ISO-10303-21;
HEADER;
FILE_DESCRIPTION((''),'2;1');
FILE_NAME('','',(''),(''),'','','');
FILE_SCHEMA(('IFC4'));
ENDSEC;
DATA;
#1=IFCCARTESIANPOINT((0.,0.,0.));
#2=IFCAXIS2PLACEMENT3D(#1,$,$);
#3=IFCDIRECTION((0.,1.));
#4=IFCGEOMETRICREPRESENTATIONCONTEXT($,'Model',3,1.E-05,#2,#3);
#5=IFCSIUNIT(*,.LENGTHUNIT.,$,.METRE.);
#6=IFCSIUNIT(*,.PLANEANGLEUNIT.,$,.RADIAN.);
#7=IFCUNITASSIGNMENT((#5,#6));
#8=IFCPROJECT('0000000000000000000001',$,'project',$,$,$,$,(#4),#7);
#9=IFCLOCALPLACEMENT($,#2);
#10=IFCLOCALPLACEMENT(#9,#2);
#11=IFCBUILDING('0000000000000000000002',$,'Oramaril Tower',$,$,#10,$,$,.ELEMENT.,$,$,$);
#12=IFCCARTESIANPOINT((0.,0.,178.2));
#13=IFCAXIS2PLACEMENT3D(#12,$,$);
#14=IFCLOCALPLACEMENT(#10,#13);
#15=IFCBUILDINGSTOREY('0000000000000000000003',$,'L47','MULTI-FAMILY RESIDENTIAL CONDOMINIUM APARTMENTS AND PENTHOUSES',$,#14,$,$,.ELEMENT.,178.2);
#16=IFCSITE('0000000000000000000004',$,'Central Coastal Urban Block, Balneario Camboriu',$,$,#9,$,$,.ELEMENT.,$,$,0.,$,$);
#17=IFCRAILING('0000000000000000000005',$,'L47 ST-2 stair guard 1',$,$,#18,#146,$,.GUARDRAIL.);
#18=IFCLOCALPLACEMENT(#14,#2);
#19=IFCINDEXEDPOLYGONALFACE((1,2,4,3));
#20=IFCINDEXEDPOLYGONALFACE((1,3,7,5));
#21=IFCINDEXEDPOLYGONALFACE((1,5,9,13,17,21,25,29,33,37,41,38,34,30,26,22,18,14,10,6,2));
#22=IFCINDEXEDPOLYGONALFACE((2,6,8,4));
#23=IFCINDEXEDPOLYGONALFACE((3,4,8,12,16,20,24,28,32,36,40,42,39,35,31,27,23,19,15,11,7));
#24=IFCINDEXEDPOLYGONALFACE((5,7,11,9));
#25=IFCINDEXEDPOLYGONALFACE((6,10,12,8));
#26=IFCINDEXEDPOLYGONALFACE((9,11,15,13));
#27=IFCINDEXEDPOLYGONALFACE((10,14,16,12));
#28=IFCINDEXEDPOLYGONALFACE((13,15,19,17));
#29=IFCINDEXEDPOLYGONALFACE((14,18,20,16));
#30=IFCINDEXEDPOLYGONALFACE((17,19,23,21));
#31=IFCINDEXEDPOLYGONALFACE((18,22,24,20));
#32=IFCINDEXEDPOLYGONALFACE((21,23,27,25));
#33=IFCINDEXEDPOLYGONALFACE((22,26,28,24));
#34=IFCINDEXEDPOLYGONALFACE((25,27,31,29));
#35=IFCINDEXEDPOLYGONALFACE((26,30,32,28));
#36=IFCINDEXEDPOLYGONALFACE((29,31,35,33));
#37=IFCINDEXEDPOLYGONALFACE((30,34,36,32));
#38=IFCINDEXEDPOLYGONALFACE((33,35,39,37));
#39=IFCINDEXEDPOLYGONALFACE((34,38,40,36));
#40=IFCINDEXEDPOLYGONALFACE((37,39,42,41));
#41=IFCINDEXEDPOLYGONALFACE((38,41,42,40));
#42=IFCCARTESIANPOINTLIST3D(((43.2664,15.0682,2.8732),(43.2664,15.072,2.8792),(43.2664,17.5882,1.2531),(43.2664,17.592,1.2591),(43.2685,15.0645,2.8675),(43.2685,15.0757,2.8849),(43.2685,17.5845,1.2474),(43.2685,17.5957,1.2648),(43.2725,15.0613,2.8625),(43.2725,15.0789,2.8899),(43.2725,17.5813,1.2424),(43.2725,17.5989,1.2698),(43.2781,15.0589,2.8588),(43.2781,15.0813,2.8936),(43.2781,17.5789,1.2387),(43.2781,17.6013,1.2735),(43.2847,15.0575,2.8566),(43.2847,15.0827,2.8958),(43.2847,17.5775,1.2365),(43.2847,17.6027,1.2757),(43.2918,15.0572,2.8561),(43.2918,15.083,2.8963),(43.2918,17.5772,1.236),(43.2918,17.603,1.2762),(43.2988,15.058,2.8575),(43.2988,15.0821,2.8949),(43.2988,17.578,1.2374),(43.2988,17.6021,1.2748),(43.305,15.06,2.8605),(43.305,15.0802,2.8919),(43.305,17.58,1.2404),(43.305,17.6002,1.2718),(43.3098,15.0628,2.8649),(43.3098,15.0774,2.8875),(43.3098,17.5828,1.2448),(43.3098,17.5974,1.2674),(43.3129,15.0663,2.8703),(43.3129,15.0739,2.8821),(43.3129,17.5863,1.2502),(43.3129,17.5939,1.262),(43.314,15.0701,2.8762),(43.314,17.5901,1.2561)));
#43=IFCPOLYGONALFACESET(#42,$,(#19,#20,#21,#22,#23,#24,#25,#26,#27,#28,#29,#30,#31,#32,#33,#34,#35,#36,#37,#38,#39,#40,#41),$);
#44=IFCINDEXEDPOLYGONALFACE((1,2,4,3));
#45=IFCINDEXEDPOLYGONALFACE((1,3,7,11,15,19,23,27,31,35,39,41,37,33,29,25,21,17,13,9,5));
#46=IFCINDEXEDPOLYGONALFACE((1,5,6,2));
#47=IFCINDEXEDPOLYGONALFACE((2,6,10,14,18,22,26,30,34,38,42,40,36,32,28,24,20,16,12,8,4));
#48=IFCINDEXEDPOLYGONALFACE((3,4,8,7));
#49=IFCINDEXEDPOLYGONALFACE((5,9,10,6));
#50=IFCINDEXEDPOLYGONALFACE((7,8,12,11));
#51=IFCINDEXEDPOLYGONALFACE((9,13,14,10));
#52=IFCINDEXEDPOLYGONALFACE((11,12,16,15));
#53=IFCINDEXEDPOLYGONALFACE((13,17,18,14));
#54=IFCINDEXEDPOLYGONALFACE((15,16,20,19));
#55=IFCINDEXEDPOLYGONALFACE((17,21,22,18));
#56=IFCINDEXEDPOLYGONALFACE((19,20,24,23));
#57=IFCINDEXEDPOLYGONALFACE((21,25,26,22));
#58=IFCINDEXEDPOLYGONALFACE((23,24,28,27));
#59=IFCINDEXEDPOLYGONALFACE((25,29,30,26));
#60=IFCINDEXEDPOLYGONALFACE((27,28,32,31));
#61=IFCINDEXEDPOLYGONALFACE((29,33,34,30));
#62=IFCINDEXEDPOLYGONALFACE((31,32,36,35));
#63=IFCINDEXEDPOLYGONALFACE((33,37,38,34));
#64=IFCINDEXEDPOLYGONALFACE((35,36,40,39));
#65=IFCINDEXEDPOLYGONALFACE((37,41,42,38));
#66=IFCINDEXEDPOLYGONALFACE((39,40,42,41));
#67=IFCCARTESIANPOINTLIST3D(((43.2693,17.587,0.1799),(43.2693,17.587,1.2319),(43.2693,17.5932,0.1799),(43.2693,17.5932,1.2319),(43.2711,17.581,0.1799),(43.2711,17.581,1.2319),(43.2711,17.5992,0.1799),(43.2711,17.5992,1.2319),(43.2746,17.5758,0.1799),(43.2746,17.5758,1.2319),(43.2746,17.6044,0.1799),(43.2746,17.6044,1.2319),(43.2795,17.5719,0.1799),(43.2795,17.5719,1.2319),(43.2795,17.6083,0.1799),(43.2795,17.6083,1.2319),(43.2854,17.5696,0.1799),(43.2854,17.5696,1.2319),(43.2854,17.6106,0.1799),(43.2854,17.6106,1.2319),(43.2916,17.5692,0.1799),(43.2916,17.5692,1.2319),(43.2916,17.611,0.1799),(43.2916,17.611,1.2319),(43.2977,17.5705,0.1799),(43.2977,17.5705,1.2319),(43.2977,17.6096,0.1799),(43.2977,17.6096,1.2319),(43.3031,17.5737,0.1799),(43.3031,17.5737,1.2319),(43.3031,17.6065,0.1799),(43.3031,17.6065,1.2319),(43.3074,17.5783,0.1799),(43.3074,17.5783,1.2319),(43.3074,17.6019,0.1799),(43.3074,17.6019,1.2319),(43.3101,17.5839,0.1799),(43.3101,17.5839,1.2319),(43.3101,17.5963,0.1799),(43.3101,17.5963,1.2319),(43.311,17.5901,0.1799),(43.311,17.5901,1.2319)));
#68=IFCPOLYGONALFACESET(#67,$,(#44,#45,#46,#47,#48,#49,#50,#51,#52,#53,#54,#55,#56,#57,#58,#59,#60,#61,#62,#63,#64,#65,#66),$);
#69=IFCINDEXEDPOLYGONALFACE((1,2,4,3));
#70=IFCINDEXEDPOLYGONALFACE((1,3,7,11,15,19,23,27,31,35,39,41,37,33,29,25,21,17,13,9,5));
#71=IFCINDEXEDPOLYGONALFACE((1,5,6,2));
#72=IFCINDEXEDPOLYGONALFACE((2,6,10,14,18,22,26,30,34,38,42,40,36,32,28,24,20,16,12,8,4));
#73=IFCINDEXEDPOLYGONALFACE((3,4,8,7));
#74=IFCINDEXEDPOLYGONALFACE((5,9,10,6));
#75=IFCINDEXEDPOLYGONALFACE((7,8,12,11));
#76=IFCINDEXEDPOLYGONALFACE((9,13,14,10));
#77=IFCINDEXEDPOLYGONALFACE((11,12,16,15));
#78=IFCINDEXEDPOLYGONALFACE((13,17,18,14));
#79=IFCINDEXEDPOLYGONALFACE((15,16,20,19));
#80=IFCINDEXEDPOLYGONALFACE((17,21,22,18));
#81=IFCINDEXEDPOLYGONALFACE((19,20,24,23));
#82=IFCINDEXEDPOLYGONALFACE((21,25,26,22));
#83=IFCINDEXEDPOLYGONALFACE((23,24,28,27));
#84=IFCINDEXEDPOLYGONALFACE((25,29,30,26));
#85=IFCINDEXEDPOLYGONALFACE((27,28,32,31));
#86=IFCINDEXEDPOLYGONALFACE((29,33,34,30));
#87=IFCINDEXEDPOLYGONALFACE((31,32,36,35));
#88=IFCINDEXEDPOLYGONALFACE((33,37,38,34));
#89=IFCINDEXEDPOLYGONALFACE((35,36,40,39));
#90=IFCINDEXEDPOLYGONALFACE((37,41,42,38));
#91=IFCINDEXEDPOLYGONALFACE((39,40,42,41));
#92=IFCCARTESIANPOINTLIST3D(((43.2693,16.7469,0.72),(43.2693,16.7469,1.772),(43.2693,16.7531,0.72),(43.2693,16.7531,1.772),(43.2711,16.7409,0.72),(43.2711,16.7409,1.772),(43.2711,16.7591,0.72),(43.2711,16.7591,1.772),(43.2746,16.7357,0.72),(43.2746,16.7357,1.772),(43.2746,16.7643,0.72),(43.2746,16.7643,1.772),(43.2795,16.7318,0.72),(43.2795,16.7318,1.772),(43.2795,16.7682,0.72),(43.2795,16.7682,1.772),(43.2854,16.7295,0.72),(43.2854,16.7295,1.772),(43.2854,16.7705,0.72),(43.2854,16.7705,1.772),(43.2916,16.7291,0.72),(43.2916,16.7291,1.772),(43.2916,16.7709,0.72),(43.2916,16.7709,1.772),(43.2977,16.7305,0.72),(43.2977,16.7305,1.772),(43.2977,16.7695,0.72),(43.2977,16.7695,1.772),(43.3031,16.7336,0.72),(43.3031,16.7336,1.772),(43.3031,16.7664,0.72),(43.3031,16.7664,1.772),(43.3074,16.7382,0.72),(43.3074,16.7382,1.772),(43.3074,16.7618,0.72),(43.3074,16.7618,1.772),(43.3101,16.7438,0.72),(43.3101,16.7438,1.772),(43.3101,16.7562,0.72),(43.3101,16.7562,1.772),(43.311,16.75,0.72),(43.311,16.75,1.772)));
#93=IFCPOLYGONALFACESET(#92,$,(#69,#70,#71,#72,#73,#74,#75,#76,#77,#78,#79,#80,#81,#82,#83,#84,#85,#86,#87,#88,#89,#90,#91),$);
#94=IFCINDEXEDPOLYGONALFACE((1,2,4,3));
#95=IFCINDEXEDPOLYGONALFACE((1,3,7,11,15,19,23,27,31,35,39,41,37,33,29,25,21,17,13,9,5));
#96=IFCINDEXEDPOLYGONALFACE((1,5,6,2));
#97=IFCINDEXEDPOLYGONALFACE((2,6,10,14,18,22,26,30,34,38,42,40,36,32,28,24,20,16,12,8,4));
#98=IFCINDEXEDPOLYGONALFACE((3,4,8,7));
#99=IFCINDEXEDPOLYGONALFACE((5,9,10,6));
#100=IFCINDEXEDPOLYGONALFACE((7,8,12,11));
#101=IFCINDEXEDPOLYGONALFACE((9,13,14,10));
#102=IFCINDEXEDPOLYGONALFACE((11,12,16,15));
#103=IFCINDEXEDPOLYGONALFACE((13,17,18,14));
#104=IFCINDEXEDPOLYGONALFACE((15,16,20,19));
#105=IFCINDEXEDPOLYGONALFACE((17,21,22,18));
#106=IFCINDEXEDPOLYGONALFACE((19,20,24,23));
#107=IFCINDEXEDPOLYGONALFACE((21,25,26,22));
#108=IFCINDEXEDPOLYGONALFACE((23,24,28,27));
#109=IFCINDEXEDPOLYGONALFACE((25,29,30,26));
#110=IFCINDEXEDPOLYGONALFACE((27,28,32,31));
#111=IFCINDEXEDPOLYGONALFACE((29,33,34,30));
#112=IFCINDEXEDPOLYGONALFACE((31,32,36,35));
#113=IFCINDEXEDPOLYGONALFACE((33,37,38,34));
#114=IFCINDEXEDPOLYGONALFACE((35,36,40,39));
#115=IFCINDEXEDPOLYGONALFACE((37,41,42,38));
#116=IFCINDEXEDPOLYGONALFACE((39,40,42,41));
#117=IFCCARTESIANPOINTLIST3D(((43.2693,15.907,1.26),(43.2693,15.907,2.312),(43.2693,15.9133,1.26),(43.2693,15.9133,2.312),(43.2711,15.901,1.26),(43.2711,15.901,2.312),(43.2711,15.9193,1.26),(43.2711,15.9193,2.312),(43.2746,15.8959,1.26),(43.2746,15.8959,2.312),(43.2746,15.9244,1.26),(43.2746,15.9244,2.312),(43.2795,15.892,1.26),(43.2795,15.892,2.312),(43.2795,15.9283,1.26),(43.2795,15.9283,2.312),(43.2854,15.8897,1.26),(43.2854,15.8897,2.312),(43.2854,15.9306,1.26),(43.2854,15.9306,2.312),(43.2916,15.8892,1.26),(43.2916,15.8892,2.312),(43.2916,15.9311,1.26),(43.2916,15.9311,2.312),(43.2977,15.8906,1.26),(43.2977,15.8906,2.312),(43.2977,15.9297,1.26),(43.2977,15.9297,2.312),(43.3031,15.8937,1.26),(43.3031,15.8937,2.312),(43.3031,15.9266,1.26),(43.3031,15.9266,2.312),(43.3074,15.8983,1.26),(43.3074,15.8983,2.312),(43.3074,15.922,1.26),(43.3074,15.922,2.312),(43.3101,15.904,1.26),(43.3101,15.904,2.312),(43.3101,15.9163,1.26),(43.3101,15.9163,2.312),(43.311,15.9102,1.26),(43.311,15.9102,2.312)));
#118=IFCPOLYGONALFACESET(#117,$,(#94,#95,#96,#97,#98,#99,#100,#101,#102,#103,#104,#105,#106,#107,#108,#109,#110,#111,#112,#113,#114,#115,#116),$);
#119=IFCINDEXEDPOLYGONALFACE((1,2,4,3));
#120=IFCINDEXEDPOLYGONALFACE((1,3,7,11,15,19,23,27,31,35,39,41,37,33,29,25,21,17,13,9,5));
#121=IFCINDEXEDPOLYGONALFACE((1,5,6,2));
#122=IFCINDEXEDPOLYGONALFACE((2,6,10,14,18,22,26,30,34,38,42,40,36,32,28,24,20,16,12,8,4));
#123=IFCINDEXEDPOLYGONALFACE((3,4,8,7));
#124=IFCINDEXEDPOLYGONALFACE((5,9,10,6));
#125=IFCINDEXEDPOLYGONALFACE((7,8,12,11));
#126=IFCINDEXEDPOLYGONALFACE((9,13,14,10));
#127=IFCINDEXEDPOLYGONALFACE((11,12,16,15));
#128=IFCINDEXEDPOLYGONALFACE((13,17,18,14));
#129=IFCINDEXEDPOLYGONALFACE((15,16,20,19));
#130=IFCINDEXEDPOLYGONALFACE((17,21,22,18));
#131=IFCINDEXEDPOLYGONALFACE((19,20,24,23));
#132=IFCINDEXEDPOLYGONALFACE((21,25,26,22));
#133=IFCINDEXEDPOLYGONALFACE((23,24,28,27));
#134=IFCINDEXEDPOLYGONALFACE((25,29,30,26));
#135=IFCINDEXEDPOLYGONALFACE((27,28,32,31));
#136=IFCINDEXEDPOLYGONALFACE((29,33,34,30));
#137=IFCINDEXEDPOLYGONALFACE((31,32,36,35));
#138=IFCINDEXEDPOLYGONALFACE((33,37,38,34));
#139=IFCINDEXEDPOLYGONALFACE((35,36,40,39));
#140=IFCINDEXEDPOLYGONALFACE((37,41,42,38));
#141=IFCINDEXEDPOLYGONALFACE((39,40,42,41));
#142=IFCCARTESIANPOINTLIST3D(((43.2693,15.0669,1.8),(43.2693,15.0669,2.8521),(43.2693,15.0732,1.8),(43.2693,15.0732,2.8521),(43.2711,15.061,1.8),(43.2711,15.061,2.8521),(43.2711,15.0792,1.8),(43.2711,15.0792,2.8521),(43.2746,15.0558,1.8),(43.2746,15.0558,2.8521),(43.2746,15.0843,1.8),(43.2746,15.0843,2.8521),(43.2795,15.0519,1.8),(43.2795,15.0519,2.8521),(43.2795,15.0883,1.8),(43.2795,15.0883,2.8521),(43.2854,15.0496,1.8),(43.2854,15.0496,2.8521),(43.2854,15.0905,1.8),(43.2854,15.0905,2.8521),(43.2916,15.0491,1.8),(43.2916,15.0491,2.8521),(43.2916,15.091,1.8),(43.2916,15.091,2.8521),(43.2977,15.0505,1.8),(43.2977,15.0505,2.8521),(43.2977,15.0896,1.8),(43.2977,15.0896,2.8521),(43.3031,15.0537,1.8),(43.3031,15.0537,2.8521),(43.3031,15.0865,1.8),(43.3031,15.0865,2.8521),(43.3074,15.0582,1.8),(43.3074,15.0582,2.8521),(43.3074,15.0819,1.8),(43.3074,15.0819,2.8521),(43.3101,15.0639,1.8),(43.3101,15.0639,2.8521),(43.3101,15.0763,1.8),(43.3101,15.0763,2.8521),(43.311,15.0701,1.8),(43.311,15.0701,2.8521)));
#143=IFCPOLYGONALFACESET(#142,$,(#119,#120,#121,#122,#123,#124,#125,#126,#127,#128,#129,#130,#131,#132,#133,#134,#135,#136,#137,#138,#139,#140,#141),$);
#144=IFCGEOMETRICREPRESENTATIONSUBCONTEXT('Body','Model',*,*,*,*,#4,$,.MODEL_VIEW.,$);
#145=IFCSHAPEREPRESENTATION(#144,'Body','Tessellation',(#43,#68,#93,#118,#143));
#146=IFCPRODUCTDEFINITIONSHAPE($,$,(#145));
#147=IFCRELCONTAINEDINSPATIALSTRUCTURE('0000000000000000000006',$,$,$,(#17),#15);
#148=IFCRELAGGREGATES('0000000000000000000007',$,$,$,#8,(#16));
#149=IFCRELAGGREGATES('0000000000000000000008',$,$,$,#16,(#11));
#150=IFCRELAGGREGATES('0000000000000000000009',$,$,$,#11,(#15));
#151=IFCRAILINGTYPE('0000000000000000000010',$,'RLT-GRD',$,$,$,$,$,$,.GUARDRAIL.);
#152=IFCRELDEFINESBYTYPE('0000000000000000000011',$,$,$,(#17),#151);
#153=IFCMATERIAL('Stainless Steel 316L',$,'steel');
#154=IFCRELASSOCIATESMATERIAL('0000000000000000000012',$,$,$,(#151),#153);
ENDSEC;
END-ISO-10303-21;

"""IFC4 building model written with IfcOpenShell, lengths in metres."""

from ifc_helpers import new_model, si_unit, direction, frame, origin, origin_2d, place, context, subcontext, project, spatial, circle, extrude, material, type_object, element, save


model = new_model("IFC4")

# Units and contexts
model_context = context("Model", 3, precision=1e-05, world=origin(), true_north=direction((0.0, 1.0)))
body_context = subcontext(model_context, "Body", "Model", "MODEL_VIEW")
ifc_project = project(units=[si_unit("LENGTHUNIT", "METRE"), si_unit("PLANEANGLEUNIT", "RADIAN")], contexts=[model_context])

# Site, building, storey
site_placement = place(None, origin())
site = spatial("IfcSite", under=ifc_project, at=site_placement, Name="Central Coastal Urban Block, Balneario Camboriu", CompositionType="ELEMENT", RefElevation=0.0)
building_placement = place(site_placement, origin())
building = spatial("IfcBuilding", under=site, at=building_placement, Name="Oramaril Tower", CompositionType="ELEMENT")
storey_placement = place(building_placement, frame((0.0, 0.0, 178.2)))
storey = spatial("IfcBuildingStorey", under=building, at=storey_placement, Name="L47", Description="MULTI-FAMILY RESIDENTIAL CONDOMINIUM APARTMENTS AND PENTHOUSES", CompositionType="ELEMENT", Elevation=178.2)

# Railing
ifc_material_1 = material(Name="Stainless Steel 316L", Category="steel")
railing_type = type_object("IfcRailingType", Name="RLT-GRD", PredefinedType="GUARDRAIL", material=ifc_material_1)
railing_1_placement = place(storey_placement, frame((43.29, 17.5901, 0.1799)))
element("IfcRailing", 1, at=railing_1_placement, inside=storey, type_object=railing_type, Name="L47 ST-2 stair guard 1", PredefinedType="GUARDRAIL", context=body_context, shape_type="SweptSolid", body=[
    extrude(circle(Radius=0.0239, at=origin_2d()), frame((0.0, 0.0, 1.0762), z_axis=(0.0, -0.841163, 0.540782), x_axis=(1.0, 0.0, 0.0)), (0.0, 0.0, 1.0), 2.9958),
    extrude(circle(Radius=0.021, at=origin_2d()), origin(), (0.0, 0.0, 1.0), 1.052),
    extrude(circle(Radius=0.021, at=origin_2d()), frame((0.0, -0.8401, 0.54)), (0.0, 0.0, 1.0), 1.052),
    extrude(circle(Radius=0.021, at=origin_2d()), frame((0.0, -1.6799, 1.0801)), (0.0, 0.0, 1.0), 1.052),
    extrude(circle(Radius=0.021, at=origin_2d()), frame((0.0, -2.52, 1.6201)), (0.0, 0.0, 1.0), 1.052),
])

save(model, "model.ifc")
